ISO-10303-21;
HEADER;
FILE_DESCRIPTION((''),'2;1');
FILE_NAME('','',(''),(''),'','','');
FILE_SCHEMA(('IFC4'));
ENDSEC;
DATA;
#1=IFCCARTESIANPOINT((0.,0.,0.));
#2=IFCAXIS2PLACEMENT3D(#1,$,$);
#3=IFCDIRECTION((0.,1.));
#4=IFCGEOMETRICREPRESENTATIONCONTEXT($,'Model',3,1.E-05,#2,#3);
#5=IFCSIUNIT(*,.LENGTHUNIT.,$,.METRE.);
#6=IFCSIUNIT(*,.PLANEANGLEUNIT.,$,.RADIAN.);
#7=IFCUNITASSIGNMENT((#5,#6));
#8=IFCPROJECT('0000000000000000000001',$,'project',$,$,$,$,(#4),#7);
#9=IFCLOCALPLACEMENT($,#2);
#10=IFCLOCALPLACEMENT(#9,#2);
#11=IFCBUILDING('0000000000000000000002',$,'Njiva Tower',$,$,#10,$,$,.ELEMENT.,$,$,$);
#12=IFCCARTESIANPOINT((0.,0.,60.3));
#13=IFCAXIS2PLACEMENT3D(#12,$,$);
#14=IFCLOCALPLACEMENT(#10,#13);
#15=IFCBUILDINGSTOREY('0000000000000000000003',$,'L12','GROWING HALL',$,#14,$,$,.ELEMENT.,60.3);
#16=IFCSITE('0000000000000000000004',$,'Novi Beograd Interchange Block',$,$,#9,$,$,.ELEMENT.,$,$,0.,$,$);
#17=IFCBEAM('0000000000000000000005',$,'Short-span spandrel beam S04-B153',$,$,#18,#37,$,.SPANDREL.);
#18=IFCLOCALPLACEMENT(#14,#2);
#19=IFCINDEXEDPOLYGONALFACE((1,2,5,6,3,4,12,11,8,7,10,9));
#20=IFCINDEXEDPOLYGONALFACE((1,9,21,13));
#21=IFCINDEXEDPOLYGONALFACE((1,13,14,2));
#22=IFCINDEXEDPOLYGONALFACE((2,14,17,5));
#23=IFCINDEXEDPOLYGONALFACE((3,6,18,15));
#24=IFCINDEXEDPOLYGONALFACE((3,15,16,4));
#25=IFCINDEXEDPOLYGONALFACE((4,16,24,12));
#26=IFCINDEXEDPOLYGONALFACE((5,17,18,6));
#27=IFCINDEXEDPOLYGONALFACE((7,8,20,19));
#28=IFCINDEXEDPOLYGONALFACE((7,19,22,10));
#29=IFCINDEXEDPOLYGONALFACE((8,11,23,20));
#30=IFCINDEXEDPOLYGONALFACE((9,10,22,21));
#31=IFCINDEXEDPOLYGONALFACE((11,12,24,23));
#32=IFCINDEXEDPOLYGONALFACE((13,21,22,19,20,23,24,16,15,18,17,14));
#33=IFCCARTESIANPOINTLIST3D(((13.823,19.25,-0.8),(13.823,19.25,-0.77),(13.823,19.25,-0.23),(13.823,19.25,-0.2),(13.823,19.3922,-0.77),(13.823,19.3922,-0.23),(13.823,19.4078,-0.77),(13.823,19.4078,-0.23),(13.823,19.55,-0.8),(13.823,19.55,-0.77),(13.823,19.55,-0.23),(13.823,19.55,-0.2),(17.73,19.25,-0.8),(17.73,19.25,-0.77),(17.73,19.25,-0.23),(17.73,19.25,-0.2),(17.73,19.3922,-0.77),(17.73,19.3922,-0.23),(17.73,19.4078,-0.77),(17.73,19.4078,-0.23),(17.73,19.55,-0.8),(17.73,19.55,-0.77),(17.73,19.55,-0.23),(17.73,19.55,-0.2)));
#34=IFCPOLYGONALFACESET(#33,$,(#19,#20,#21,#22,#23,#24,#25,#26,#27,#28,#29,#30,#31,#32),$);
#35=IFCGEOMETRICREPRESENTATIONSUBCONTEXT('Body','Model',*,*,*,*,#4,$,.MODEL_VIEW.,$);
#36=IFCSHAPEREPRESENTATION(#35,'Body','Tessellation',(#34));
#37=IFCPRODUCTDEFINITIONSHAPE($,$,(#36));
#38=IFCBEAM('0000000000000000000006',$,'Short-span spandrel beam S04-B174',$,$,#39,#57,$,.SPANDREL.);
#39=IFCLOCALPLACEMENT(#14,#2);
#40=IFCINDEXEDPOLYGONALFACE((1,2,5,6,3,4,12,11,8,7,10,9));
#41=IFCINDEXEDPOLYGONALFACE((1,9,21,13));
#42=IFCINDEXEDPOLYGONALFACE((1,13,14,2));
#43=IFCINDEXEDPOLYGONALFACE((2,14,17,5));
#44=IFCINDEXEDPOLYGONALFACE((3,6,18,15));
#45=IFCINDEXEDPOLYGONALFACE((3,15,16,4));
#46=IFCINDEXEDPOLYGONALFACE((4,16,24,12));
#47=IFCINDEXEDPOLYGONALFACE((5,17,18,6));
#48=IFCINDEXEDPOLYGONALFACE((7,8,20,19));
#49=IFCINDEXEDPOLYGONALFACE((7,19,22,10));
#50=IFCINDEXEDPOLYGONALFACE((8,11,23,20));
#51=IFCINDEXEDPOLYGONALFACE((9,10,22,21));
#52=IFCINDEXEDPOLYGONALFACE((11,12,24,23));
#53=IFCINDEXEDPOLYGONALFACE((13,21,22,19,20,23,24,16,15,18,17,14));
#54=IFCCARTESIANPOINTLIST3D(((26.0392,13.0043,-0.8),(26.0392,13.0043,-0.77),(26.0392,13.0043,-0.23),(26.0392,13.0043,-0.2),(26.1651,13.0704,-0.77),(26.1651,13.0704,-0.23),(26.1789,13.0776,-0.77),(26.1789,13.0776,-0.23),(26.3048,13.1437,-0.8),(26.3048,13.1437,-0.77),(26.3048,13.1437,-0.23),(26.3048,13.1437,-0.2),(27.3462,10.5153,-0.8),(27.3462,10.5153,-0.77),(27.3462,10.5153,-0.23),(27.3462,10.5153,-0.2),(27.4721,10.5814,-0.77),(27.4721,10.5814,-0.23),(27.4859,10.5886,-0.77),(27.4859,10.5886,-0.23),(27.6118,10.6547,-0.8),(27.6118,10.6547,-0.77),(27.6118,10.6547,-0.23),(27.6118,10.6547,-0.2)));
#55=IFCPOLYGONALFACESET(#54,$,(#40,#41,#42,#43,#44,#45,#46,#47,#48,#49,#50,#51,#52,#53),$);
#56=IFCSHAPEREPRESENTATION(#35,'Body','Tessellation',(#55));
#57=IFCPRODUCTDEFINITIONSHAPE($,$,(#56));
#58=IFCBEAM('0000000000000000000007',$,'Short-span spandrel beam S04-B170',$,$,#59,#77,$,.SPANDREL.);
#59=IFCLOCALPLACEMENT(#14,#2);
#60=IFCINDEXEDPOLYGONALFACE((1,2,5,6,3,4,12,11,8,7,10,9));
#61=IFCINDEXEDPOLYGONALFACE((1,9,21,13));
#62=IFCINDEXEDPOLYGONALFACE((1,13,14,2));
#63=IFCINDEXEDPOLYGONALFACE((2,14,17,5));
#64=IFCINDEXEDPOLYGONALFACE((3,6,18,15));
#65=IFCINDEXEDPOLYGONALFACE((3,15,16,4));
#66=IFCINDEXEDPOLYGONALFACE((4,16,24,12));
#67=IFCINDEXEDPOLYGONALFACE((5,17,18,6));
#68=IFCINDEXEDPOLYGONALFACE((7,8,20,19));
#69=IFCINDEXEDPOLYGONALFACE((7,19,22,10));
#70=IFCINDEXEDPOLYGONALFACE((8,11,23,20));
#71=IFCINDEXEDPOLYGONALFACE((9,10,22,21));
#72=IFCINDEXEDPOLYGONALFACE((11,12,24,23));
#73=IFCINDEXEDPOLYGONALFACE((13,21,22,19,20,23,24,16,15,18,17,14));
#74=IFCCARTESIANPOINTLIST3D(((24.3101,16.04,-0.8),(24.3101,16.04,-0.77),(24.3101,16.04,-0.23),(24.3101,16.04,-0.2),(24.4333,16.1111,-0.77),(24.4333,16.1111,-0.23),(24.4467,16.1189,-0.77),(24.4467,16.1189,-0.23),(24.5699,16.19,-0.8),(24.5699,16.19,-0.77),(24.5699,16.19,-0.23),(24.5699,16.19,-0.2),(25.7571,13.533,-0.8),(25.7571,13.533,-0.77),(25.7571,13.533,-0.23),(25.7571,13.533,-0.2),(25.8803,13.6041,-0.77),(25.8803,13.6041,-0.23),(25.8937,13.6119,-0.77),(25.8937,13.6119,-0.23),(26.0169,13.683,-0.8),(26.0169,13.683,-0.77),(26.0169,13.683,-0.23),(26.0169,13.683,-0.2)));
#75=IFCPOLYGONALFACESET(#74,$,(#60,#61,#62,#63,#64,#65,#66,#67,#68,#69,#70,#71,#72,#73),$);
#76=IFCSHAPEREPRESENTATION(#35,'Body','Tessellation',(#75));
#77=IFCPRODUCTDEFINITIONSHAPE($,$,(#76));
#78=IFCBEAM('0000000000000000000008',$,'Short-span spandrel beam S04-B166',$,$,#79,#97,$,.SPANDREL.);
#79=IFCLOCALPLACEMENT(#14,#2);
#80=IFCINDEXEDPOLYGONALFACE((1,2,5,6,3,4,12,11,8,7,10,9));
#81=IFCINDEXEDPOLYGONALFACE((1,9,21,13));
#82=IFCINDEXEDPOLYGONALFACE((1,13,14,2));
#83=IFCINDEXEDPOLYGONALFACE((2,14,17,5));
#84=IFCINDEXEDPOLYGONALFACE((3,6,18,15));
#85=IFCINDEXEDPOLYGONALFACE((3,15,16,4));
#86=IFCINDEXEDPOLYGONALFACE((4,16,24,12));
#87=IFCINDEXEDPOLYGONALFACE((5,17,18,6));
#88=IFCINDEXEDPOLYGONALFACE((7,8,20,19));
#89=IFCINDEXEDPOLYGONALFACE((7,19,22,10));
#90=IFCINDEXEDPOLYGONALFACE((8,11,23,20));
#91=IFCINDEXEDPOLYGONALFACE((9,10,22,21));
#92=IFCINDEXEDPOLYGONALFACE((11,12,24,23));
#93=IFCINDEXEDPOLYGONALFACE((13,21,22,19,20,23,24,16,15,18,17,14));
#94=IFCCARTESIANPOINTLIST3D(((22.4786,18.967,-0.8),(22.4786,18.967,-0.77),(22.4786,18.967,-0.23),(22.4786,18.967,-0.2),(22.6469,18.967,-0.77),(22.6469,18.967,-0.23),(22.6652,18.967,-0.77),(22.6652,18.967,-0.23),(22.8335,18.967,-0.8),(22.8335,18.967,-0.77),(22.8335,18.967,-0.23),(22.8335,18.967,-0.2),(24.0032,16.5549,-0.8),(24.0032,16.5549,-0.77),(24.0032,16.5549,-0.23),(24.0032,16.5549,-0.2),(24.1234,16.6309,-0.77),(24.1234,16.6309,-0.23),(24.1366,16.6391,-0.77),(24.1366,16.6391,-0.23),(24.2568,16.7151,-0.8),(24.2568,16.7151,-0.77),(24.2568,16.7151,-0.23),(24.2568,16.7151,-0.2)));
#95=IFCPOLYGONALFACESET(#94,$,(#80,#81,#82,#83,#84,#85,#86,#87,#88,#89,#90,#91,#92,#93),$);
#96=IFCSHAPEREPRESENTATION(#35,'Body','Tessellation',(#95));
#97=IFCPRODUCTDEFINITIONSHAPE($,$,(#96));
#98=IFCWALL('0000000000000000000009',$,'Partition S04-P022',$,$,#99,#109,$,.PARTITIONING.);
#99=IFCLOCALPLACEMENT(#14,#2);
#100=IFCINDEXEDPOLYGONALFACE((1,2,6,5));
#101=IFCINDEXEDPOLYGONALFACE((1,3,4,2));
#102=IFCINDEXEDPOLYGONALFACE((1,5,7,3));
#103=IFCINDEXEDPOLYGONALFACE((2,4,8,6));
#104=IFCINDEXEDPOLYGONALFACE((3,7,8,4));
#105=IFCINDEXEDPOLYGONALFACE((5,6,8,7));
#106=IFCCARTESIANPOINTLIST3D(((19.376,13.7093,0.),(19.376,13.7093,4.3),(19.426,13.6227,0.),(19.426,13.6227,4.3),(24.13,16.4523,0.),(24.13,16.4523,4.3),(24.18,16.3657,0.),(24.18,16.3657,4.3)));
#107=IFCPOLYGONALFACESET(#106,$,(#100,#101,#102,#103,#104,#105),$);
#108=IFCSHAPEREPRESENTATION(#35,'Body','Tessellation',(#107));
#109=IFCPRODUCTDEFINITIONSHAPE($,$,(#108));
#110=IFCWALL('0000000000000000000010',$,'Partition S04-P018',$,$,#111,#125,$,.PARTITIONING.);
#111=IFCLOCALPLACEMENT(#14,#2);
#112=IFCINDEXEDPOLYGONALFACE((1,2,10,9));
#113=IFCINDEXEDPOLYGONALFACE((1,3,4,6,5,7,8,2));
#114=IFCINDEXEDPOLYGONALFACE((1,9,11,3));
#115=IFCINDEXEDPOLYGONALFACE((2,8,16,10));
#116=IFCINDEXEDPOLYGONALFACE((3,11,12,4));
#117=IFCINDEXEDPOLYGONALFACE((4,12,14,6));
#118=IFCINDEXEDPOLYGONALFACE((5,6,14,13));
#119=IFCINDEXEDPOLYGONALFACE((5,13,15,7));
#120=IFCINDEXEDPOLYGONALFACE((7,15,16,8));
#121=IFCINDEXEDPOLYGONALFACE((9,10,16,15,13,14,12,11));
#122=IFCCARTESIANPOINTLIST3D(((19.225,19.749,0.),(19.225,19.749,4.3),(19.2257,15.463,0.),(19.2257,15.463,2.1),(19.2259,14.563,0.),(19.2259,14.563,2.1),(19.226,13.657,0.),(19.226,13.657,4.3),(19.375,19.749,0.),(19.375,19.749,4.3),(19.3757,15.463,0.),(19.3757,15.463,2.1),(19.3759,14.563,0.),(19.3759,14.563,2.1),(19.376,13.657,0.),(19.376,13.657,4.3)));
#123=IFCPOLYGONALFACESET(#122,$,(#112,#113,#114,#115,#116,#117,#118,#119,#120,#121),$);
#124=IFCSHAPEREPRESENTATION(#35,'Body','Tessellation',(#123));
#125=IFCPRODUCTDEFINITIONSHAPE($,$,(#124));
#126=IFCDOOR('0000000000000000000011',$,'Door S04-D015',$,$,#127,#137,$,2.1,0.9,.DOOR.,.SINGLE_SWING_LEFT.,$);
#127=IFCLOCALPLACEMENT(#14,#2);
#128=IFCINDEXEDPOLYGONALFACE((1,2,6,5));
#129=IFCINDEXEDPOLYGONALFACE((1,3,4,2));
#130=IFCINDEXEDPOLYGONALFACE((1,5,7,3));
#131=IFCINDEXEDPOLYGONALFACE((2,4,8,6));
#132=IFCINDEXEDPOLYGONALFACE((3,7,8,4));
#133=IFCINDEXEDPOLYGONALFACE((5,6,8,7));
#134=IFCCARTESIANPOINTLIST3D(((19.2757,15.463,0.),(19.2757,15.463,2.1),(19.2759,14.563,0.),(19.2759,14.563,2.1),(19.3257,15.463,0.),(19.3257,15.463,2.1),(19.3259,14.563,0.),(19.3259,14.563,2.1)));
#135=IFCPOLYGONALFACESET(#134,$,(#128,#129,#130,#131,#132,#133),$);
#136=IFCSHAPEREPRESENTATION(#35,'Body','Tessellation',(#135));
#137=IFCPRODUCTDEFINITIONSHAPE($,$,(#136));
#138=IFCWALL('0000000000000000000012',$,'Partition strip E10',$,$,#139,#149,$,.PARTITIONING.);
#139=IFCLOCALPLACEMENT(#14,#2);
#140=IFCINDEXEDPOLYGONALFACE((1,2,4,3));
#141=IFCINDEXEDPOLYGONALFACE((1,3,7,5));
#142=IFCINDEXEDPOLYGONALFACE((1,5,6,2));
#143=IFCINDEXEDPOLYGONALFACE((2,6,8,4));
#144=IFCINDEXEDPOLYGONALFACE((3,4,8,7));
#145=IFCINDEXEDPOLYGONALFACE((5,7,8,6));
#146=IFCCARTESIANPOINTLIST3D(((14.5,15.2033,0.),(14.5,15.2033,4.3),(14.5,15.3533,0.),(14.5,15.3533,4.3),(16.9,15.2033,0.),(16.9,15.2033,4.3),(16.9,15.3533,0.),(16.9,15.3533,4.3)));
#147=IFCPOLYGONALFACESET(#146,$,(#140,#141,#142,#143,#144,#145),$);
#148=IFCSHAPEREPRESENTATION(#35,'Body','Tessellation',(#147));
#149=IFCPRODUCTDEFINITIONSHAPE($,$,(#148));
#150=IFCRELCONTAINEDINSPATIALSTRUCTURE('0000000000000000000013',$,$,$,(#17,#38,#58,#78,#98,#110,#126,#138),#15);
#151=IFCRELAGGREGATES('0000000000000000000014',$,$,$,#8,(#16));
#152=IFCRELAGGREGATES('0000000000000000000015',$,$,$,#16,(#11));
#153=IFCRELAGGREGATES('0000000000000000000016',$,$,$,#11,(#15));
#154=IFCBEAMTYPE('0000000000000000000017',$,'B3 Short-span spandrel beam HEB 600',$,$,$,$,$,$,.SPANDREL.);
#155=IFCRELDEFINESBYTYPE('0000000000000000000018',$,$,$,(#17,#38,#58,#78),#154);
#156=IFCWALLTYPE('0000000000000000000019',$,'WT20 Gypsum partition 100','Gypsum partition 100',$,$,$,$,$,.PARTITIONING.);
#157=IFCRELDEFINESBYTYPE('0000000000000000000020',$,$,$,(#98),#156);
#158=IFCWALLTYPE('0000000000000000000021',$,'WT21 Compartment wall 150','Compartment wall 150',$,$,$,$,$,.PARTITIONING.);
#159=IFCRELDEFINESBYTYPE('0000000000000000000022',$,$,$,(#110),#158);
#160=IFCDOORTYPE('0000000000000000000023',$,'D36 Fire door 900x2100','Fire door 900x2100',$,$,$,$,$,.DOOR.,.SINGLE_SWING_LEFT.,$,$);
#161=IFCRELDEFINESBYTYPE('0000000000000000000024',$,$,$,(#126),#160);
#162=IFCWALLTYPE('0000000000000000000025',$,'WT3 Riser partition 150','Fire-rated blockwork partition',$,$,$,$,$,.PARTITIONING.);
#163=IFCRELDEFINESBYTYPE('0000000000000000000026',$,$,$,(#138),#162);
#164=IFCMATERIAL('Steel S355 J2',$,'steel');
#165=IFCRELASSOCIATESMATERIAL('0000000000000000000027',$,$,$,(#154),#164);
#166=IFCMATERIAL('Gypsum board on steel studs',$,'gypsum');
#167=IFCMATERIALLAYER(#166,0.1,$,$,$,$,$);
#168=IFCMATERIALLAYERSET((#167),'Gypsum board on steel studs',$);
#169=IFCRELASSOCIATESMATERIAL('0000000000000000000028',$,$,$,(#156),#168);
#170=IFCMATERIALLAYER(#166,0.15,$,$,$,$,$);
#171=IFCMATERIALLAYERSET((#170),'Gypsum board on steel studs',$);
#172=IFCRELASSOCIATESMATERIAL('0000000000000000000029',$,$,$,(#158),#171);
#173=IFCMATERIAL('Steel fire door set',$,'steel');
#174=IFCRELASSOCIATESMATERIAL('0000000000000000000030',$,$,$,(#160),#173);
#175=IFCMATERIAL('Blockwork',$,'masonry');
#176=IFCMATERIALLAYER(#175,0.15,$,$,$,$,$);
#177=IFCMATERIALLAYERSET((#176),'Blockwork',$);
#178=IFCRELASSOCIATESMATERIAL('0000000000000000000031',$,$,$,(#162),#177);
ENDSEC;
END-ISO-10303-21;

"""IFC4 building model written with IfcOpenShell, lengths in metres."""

from ifc_helpers import new_model, si_unit, direction, frame, frame_2d, origin, origin_2d, place, context, subcontext, project, spatial, rectangle, i_section, extrude, clip, halfspace, material, layer, layer_set, material_profile, profile_set, type_object, element, fill, save


model = new_model("IFC4")

# Units and contexts
model_context = context("Model", 3, precision=1e-05, world=origin(), true_north=direction((0.0, 1.0)))
body_context = subcontext(model_context, "Body", "Model", "MODEL_VIEW")
ifc_project = project(units=[si_unit("LENGTHUNIT", "METRE"), si_unit("PLANEANGLEUNIT", "RADIAN")], contexts=[model_context])

# Site, building, storey
site_placement = place(None, origin())
site = spatial("IfcSite", under=ifc_project, at=site_placement, Name="Novi Beograd Interchange Block", CompositionType="ELEMENT", RefElevation=0.0)
building_placement = place(site_placement, origin())
building = spatial("IfcBuilding", under=site, at=building_placement, Name="Njiva Tower", CompositionType="ELEMENT")
storey_placement = place(building_placement, frame((0.0, 0.0, 60.3)))
storey = spatial("IfcBuildingStorey", under=building, at=storey_placement, Name="L12", Description="GROWING HALL", CompositionType="ELEMENT", Elevation=60.3)

# Shared definitions
ifc_material_1 = material(Name="Steel S355 J2", Category="steel")

# Beams
ifc_material_profile_1 = material_profile(ifc_material_1, i_section(OverallWidth=0.3, OverallDepth=0.6, WebThickness=0.0155, FlangeThickness=0.03, at=origin_2d()), Name="HEB 600")
ifc_profile_set_1 = profile_set([ifc_material_profile_1], Name="Steel S355 J2")
beam_type_1 = type_object("IfcBeamType", Name="B3 Short-span spandrel beam HEB 600", PredefinedType="SPANDREL", material=ifc_profile_set_1)
beam_1_placement = place(storey_placement, frame((17.73, 19.4, -0.5), z_axis=(-1.0, 0.0, 0.0), x_axis=(0.0, -1.0, 0.0)))
element("IfcBeam", 1, at=beam_1_placement, inside=storey, type_object=beam_type_1, Name="Short-span spandrel beam S04-B153", PredefinedType="SPANDREL", context=body_context, shape_type="SweptSolid", body=[
    extrude(i_section(OverallWidth=0.3, OverallDepth=0.6, WebThickness=0.0155, FlangeThickness=0.03, at=origin_2d()), origin(), (0.0, 0.0, 1.0), 3.907),
])
beam_2_placement = place(storey_placement, frame((27.479, 10.585, -0.5), z_axis=(-0.464911, 0.885358, 0.0), x_axis=(-0.885358, -0.464911, 0.0)))
element("IfcBeam", 2, at=beam_2_placement, inside=storey, type_object=beam_type_1, Name="Short-span spandrel beam S04-B174", PredefinedType="SPANDREL", context=body_context, shape_type="SweptSolid", body=[
    extrude(i_section(OverallWidth=0.3, OverallDepth=0.6, WebThickness=0.0155, FlangeThickness=0.03, at=origin_2d()), origin(), (0.0, 0.0, 1.0), 2.8113),
])
beam_3_placement = place(storey_placement, frame((25.887, 13.608, -0.5), z_axis=(-0.499892, 0.866088, 0.0), x_axis=(-0.866088, -0.499892, 0.0)))
element("IfcBeam", 3, at=beam_3_placement, inside=storey, type_object=beam_type_1, Name="Short-span spandrel beam S04-B170", PredefinedType="SPANDREL", context=body_context, shape_type="SweptSolid", body=[
    extrude(i_section(OverallWidth=0.3, OverallDepth=0.6, WebThickness=0.0155, FlangeThickness=0.03, at=origin_2d()), origin(), (0.0, 0.0, 1.0), 2.8946),
])
beam_4_placement = place(storey_placement, frame((24.13, 16.635, -0.5), z_axis=(-0.534293, 0.845299, 0.0), x_axis=(-0.845299, -0.534293, 0.0)))
element("IfcBeam", 4, at=beam_4_placement, inside=storey, type_object=beam_type_1, Name="Short-span spandrel beam S04-B166", PredefinedType="SPANDREL", context=body_context, shape_type="Clipping", body=[
    clip(extrude(i_section(OverallWidth=0.3, OverallDepth=0.6, WebThickness=0.0155, FlangeThickness=0.03, at=origin_2d()), origin(), (0.0, 0.0, 1.0), 2.8738), halfspace(frame((-0.0265, 0.0, 2.742), z_axis=(-0.534293, 0.0, 0.845299), x_axis=(0.0, 1.0, 0.0)), False)),
])

# Wall
ifc_material_2 = material(Name="Gypsum board on steel studs", Category="gypsum")
ifc_layer_1 = layer(ifc_material_2, 0.1)
ifc_layer_set_1 = layer_set([ifc_layer_1], Name="Gypsum board on steel studs")
wall_type_1 = type_object("IfcWallType", Name="WT20 Gypsum partition 100", Description="Gypsum partition 100", PredefinedType="PARTITIONING", material=ifc_layer_set_1)
wall_1_placement = place(storey_placement, frame((19.401, 13.666, 0.0), z_axis=(0.0, 0.0, 1.0), x_axis=(0.866161, 0.499765, 0.0)))
element("IfcWall", 5, at=wall_1_placement, inside=storey, type_object=wall_type_1, Name="Partition S04-P022", PredefinedType="PARTITIONING", context=body_context, shape_type="SweptSolid", body=[
    extrude(rectangle(XDim=5.4886, YDim=0.1, at=frame_2d((2.7443, 0.0))), origin(), (0.0, 0.0, 1.0), 4.3),
])

# Wall, opening, door
ifc_layer_2 = layer(ifc_material_2, 0.15)
ifc_layer_set_2 = layer_set([ifc_layer_2], Name="Gypsum board on steel studs")
wall_type_2 = type_object("IfcWallType", Name="WT21 Compartment wall 150", Description="Compartment wall 150", PredefinedType="PARTITIONING", material=ifc_layer_set_2)
wall_2_placement = place(storey_placement, frame((19.3, 19.749, 0.0), z_axis=(0.0, 0.0, 1.0), x_axis=(0.000164, -1.0, 0.0)))
wall_2 = element("IfcWall", 6, at=wall_2_placement, inside=storey, type_object=wall_type_2, Name="Partition S04-P018", PredefinedType="PARTITIONING", context=body_context, shape_type="SweptSolid", body=[
    extrude(rectangle(XDim=6.092, YDim=0.15, at=frame_2d((3.046, 0.0))), origin(), (0.0, 0.0, 1.0), 4.3),
])
opening_1_placement = place(wall_2_placement, frame((4.286, 0.0, 0.0)))
opening_1 = element("IfcOpeningElement", 7, at=opening_1_placement, cuts=wall_2, PredefinedType="OPENING", context=body_context, shape_type="SweptSolid", body=[
    extrude(rectangle(XDim=0.9, YDim=2.1, at=frame_2d((0.45, 1.05))), frame((0.0, 0.085, 0.0), z_axis=(0.0, -1.0, 0.0), x_axis=(1.0, 0.0, 0.0)), (0.0, 0.0, 1.0), 0.17),
])
ifc_material_3 = material(Name="Steel fire door set", Category="steel")
door_type = type_object("IfcDoorType", Name="D36 Fire door 900x2100", Description="Fire door 900x2100", OperationType="SINGLE_SWING_LEFT", PredefinedType="DOOR", material=ifc_material_3)
door_placement = place(opening_1_placement, origin())
door = element("IfcDoor", 8, at=door_placement, inside=storey, type_object=door_type, Name="Door S04-D015", OperationType="SINGLE_SWING_LEFT", OverallHeight=2.1, OverallWidth=0.9, PredefinedType="DOOR", context=body_context, shape_type="SweptSolid", body=[
    extrude(rectangle(XDim=0.9, YDim=2.1, at=frame_2d((0.45, 1.05))), frame((0.0, 0.025, 0.0), z_axis=(0.0, -1.0, 0.0), x_axis=(1.0, 0.0, 0.0)), (0.0, 0.0, 1.0), 0.05),
])
fill(opening_1, door)

# Wall
ifc_material_4 = material(Name="Blockwork", Category="masonry")
ifc_layer_3 = layer(ifc_material_4, 0.15)
ifc_layer_set_3 = layer_set([ifc_layer_3], Name="Blockwork")
wall_type_3 = type_object("IfcWallType", Name="WT3 Riser partition 150", Description="Fire-rated blockwork partition", PredefinedType="PARTITIONING", material=ifc_layer_set_3)
wall_3_placement = place(storey_placement, frame((14.5, 15.2783, 0.0), z_axis=(0.0, 0.0, 1.0), x_axis=(1.0, 0.0, 0.0)))
element("IfcWall", 9, at=wall_3_placement, inside=storey, type_object=wall_type_3, Name="Partition strip E10", PredefinedType="PARTITIONING", context=body_context, shape_type="SweptSolid", body=[
    extrude(rectangle(XDim=2.4, YDim=0.15, at=frame_2d((1.2, 0.0))), origin(), (0.0, 0.0, 1.0), 4.3),
])

save(model, "model.ifc")
